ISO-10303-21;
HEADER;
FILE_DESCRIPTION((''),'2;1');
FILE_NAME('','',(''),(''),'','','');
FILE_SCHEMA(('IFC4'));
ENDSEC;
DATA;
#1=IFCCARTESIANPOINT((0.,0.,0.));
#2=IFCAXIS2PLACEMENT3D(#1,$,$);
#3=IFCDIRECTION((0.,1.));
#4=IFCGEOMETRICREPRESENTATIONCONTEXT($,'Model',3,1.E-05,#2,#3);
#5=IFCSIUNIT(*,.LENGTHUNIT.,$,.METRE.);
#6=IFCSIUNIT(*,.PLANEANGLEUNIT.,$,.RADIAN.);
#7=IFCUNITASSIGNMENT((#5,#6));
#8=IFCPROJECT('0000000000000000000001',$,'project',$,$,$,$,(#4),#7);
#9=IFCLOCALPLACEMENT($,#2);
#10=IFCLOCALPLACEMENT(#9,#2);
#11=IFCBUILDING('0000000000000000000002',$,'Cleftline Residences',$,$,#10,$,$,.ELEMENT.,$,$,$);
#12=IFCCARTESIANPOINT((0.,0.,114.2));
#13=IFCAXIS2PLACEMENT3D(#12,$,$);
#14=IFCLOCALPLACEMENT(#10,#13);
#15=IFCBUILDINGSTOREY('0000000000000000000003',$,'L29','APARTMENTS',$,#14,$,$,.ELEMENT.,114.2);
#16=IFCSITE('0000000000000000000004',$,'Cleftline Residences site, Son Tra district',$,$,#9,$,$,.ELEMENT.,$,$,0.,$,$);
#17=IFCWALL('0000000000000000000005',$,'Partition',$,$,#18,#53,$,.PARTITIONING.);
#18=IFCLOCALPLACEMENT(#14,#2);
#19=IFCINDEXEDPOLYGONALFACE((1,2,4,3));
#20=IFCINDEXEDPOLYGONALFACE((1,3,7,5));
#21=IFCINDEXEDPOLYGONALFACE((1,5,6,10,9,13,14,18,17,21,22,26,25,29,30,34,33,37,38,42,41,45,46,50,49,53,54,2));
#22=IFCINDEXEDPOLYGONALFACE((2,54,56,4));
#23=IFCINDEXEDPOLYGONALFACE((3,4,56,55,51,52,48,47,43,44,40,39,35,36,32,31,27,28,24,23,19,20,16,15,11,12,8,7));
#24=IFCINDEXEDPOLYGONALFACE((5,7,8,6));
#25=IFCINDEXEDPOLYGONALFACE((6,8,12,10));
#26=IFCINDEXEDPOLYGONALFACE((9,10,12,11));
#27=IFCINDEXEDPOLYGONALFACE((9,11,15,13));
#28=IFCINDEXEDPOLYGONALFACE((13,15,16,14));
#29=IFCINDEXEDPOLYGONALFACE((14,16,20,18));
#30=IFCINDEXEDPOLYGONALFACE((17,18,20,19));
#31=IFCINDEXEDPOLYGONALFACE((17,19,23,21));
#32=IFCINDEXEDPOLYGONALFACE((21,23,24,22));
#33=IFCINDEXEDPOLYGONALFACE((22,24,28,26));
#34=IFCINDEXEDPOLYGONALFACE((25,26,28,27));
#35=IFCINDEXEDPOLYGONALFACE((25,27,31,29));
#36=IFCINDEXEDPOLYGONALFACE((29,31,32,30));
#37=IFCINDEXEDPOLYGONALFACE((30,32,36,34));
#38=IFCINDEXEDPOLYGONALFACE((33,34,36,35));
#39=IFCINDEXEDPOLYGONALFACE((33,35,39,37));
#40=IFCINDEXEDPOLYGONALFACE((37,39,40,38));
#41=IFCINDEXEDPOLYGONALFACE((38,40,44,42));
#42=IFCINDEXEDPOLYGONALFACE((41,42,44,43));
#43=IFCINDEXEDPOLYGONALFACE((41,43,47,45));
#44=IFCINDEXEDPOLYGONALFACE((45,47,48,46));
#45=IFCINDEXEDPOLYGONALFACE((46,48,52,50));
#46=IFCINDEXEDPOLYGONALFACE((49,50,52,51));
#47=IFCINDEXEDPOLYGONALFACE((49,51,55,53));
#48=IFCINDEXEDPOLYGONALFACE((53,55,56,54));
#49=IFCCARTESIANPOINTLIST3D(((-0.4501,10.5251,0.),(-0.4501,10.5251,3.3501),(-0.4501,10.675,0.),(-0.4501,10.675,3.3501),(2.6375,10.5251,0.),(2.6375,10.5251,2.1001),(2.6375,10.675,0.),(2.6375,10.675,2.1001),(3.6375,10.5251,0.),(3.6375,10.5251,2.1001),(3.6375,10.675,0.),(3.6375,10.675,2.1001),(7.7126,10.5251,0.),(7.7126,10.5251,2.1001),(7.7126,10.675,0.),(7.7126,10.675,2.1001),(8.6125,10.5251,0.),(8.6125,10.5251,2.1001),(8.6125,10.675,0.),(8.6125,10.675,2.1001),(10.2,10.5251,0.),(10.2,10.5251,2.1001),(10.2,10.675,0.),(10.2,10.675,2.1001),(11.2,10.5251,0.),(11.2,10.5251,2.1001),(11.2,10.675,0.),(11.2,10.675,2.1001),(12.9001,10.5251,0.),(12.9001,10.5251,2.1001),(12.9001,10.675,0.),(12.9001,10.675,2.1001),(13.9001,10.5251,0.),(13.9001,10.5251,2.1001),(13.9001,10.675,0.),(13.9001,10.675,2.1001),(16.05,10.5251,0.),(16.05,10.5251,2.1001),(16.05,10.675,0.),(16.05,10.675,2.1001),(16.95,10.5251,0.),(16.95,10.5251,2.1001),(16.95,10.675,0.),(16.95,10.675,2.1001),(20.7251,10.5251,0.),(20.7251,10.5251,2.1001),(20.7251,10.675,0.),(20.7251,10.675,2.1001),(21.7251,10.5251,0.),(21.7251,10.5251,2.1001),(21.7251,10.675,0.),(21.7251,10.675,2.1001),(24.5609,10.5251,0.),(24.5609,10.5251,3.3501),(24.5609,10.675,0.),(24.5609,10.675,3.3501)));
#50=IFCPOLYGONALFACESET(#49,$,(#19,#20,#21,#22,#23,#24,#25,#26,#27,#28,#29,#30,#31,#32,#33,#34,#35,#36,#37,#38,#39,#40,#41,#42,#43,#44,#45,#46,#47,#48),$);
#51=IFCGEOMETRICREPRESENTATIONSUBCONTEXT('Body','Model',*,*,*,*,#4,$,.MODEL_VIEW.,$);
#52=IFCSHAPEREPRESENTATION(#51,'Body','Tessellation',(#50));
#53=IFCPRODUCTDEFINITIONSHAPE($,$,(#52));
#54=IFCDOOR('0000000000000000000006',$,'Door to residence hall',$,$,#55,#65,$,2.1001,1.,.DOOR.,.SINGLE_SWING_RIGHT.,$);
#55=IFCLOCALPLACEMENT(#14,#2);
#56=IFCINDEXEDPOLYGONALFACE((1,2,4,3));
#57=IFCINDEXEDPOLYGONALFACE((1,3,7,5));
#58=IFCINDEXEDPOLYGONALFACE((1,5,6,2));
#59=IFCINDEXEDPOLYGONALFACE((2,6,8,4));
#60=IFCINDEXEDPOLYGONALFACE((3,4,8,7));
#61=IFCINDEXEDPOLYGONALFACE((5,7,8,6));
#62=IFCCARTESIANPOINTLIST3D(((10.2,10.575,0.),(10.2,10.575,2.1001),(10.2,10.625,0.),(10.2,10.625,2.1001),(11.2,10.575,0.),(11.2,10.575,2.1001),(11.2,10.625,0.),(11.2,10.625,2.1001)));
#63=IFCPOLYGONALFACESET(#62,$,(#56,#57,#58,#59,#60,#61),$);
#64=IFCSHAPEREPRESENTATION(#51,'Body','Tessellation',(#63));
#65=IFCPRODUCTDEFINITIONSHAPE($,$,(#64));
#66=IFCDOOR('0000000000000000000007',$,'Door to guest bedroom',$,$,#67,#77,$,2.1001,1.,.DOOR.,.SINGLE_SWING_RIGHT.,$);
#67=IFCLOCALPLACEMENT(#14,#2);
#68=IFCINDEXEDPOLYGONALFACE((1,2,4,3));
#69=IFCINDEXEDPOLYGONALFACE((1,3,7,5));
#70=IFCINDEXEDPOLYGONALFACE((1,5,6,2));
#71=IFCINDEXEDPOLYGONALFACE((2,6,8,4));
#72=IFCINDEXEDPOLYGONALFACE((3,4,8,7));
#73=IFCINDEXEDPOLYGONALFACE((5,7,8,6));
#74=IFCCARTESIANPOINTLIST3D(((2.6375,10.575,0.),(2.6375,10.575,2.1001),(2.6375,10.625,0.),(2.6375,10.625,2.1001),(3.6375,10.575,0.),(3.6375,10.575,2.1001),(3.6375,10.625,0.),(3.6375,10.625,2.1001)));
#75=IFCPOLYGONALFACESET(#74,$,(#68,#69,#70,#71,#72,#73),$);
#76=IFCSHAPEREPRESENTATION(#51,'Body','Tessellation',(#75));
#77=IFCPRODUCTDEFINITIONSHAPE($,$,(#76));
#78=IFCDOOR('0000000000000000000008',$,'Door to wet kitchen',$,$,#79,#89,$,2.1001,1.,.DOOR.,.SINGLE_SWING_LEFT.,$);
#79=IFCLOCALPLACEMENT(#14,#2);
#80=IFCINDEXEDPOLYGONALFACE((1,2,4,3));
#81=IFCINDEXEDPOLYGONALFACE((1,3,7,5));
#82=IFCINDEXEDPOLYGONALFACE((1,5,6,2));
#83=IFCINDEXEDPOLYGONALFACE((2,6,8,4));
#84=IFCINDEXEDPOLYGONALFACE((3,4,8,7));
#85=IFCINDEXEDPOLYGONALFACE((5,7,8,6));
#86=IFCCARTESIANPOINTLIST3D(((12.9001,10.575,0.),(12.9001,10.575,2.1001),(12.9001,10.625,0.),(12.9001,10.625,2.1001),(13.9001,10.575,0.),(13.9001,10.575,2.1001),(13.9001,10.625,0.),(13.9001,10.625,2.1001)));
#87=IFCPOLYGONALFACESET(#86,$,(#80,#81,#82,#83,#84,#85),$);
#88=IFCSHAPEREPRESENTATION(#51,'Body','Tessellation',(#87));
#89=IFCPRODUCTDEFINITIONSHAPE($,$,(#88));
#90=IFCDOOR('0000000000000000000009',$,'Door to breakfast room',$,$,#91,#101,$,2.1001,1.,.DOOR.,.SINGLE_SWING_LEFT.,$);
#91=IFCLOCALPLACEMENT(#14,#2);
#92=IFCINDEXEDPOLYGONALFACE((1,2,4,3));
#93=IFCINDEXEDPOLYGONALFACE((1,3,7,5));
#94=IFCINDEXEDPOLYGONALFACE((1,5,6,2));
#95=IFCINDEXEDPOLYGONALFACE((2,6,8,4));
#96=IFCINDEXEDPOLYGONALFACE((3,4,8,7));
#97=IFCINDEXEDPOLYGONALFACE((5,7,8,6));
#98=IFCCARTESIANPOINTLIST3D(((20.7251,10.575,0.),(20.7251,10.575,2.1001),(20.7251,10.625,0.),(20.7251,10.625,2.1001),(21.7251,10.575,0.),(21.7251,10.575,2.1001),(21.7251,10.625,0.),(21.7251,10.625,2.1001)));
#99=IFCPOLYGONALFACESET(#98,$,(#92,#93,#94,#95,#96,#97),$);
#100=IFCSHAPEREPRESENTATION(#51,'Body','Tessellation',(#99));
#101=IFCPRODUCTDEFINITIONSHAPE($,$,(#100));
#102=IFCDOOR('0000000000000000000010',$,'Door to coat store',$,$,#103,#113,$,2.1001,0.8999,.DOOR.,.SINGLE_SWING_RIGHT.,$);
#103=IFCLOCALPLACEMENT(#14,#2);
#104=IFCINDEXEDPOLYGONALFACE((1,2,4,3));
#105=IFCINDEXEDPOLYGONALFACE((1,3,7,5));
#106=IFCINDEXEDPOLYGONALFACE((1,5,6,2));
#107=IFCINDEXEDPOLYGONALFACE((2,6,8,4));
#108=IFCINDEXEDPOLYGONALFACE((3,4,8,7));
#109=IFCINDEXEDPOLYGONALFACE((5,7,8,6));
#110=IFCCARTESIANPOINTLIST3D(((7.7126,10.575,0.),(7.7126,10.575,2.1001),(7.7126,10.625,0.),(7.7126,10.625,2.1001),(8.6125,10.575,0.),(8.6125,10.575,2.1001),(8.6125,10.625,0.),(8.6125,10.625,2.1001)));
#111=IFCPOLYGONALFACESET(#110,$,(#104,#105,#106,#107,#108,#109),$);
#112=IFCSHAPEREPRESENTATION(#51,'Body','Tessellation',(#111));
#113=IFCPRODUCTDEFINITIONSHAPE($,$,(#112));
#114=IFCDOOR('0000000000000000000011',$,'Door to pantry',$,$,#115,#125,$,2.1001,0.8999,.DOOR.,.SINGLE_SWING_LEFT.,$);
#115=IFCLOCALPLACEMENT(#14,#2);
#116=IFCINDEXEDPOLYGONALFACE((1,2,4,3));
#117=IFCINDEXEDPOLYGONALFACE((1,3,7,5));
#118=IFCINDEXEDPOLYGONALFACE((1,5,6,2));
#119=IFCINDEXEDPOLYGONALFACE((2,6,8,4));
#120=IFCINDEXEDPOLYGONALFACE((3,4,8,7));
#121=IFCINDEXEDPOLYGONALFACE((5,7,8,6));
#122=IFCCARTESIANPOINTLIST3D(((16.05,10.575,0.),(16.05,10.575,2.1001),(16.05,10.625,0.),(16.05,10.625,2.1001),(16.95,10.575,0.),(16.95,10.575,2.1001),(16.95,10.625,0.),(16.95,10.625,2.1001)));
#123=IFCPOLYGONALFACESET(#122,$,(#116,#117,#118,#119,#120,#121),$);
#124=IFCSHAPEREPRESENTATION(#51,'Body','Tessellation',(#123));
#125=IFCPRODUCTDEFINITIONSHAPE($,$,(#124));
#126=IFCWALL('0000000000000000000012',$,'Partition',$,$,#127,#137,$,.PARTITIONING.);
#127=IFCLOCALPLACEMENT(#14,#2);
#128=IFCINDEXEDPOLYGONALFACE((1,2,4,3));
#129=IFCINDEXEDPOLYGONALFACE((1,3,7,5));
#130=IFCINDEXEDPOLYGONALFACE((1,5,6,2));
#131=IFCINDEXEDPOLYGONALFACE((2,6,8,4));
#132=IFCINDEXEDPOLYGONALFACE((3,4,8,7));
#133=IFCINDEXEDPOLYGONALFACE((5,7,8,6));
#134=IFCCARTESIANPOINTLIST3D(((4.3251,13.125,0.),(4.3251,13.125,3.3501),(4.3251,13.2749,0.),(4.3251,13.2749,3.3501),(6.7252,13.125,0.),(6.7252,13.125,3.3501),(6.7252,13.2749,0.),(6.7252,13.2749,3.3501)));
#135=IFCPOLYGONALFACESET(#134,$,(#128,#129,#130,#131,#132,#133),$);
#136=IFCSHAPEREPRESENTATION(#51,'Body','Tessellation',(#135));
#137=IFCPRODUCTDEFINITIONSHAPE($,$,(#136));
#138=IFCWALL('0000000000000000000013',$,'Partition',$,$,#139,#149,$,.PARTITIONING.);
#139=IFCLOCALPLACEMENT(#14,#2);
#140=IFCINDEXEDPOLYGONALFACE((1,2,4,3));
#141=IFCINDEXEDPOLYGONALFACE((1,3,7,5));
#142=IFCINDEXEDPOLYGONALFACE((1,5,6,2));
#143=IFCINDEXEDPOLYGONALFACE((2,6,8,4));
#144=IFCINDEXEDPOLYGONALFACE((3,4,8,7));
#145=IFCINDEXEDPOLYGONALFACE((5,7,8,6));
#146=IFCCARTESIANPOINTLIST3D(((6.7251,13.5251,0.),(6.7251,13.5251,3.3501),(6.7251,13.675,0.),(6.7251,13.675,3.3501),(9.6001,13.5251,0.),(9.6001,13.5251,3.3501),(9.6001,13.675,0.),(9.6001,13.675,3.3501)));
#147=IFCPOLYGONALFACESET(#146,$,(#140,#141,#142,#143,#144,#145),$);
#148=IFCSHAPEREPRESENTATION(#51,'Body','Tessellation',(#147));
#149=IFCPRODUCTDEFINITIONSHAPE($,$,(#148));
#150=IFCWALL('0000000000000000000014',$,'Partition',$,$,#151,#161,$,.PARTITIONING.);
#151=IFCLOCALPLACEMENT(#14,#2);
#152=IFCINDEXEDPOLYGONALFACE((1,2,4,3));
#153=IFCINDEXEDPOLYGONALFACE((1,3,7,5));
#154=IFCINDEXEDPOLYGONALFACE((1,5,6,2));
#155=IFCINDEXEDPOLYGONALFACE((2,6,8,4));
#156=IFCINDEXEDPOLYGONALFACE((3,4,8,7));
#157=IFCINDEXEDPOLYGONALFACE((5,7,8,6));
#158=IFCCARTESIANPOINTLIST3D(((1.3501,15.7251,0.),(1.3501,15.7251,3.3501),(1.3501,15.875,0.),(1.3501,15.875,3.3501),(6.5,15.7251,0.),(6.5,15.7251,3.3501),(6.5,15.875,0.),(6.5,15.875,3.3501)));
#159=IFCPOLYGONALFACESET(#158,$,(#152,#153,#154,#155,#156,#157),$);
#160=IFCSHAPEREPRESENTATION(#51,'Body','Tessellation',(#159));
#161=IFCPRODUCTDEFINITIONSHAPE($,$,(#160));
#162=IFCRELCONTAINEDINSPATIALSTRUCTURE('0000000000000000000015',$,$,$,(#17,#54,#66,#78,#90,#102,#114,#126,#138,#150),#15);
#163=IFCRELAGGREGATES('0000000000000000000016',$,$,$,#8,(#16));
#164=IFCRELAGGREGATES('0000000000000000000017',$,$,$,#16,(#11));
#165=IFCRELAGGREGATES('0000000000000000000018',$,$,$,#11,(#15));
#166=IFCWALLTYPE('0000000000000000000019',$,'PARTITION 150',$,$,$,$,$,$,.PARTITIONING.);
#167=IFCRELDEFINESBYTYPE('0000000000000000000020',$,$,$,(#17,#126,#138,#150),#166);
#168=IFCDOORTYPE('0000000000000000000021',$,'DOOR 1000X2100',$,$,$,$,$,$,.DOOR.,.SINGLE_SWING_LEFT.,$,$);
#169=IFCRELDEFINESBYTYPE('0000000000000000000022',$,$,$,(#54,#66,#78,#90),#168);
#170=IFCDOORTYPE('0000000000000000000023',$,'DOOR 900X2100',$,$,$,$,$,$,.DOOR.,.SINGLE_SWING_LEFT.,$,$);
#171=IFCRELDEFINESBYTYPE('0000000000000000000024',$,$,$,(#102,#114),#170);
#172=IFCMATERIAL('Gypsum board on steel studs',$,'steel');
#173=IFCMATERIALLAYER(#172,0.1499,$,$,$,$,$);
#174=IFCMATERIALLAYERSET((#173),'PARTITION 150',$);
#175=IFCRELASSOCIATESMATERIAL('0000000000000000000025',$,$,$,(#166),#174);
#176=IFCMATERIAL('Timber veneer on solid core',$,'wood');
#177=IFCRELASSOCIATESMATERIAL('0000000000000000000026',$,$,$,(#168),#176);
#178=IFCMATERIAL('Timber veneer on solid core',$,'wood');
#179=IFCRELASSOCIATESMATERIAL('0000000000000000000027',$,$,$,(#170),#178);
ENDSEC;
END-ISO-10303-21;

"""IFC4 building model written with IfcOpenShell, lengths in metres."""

from ifc_helpers import new_model, si_unit, direction, frame, frame_2d, origin, place, context, subcontext, project, spatial, rectangle, extrude, material, layer, layer_set, type_object, element, fill, save


model = new_model("IFC4")

# Units and contexts
model_context = context("Model", 3, precision=1e-05, world=origin(), true_north=direction((0.0, 1.0)))
body_context = subcontext(model_context, "Body", "Model", "MODEL_VIEW")
ifc_project = project(units=[si_unit("LENGTHUNIT", "METRE"), si_unit("PLANEANGLEUNIT", "RADIAN")], contexts=[model_context])

# Site, building, storey
site_placement = place(None, origin())
site = spatial("IfcSite", under=ifc_project, at=site_placement, Name="Cleftline Residences site, Son Tra district", CompositionType="ELEMENT", RefElevation=0.0)
building_placement = place(site_placement, origin())
building = spatial("IfcBuilding", under=site, at=building_placement, Name="Cleftline Residences", CompositionType="ELEMENT")
storey_placement = place(building_placement, frame((0.0, 0.0, 114.2)))
storey = spatial("IfcBuildingStorey", under=building, at=storey_placement, Name="L29", Description="APARTMENTS", CompositionType="ELEMENT", Elevation=114.2)

# Wall, openings, doors
ifc_material_1 = material(Name="Gypsum board on steel studs", Category="steel")
ifc_layer = layer(ifc_material_1, 0.1499)
ifc_layer_set = layer_set([ifc_layer], Name="PARTITION 150")
wall_type = type_object("IfcWallType", Name="PARTITION 150", PredefinedType="PARTITIONING", material=ifc_layer_set)
wall_1_placement = place(storey_placement, frame((-0.45, 10.6001, 0.0), z_axis=(0.0, 0.0, 1.0), x_axis=(1.0, 0.0, 0.0)))
wall_1 = element("IfcWall", 1, at=wall_1_placement, inside=storey, type_object=wall_type, Name="Partition", PredefinedType="PARTITIONING", context=body_context, shape_type="SweptSolid", body=[
    extrude(rectangle(XDim=25.011, YDim=0.1499, at=frame_2d((12.5054, 0.0))), origin(), (0.0, 0.0, 1.0), 3.3501),
])
opening_1_placement = place(wall_1_placement, frame((10.6499, 0.0, 0.0)))
opening_1 = element("IfcOpeningElement", 2, at=opening_1_placement, cuts=wall_1, PredefinedType="OPENING", context=body_context, shape_type="SweptSolid", body=[
    extrude(rectangle(XDim=1.0, YDim=2.1001, at=frame_2d((0.5, 1.05))), frame((0.0, 0.085, 0.0), z_axis=(0.0, -1.0, 0.0), x_axis=(1.0, 0.0, 0.0)), (0.0, 0.0, 1.0), 0.1699),
])
opening_2_placement = place(wall_1_placement, frame((3.0874, 0.0, 0.0)))
opening_2 = element("IfcOpeningElement", 3, at=opening_2_placement, cuts=wall_1, PredefinedType="OPENING", context=body_context, shape_type="SweptSolid", body=[
    extrude(rectangle(XDim=1.0, YDim=2.1001, at=frame_2d((0.5, 1.05))), frame((0.0, 0.085, 0.0), z_axis=(0.0, -1.0, 0.0), x_axis=(1.0, 0.0, 0.0)), (0.0, 0.0, 1.0), 0.1699),
])
opening_3_placement = place(wall_1_placement, frame((8.1626, 0.0, 0.0)))
opening_3 = element("IfcOpeningElement", 4, at=opening_3_placement, cuts=wall_1, PredefinedType="OPENING", context=body_context, shape_type="SweptSolid", body=[
    extrude(rectangle(XDim=0.8999, YDim=2.1001, at=frame_2d((0.45, 1.05))), frame((0.0, 0.085, 0.0), z_axis=(0.0, -1.0, 0.0), x_axis=(1.0, 0.0, 0.0)), (0.0, 0.0, 1.0), 0.1699),
])
opening_4_placement = place(wall_1_placement, frame((13.3501, 0.0, 0.0)))
opening_4 = element("IfcOpeningElement", 5, at=opening_4_placement, cuts=wall_1, PredefinedType="OPENING", context=body_context, shape_type="SweptSolid", body=[
    extrude(rectangle(XDim=1.0, YDim=2.1001, at=frame_2d((0.5, 1.05))), frame((0.0, 0.085, 0.0), z_axis=(0.0, -1.0, 0.0), x_axis=(1.0, 0.0, 0.0)), (0.0, 0.0, 1.0), 0.1699),
])
opening_5_placement = place(wall_1_placement, frame((16.5, 0.0, 0.0)))
opening_5 = element("IfcOpeningElement", 6, at=opening_5_placement, cuts=wall_1, PredefinedType="OPENING", context=body_context, shape_type="SweptSolid", body=[
    extrude(rectangle(XDim=0.8999, YDim=2.1001, at=frame_2d((0.45, 1.05))), frame((0.0, 0.085, 0.0), z_axis=(0.0, -1.0, 0.0), x_axis=(1.0, 0.0, 0.0)), (0.0, 0.0, 1.0), 0.1699),
])
opening_6_placement = place(wall_1_placement, frame((21.175, 0.0, 0.0)))
opening_6 = element("IfcOpeningElement", 7, at=opening_6_placement, cuts=wall_1, PredefinedType="OPENING", context=body_context, shape_type="SweptSolid", body=[
    extrude(rectangle(XDim=1.0, YDim=2.1001, at=frame_2d((0.5, 1.05))), frame((0.0, 0.085, 0.0), z_axis=(0.0, -1.0, 0.0), x_axis=(1.0, 0.0, 0.0)), (0.0, 0.0, 1.0), 0.1699),
])
ifc_material_2 = material(Name="Timber veneer on solid core", Category="wood")
door_type_1 = type_object("IfcDoorType", Name="DOOR 1000X2100", OperationType="SINGLE_SWING_LEFT", PredefinedType="DOOR", material=ifc_material_2)
door_1_placement = place(opening_1_placement, origin())
door_1 = element("IfcDoor", 8, at=door_1_placement, inside=storey, type_object=door_type_1, Name="Door to residence hall", OperationType="SINGLE_SWING_RIGHT", OverallHeight=2.1001, OverallWidth=1.0, PredefinedType="DOOR", context=body_context, shape_type="SweptSolid", body=[
    extrude(rectangle(XDim=1.0, YDim=2.1001, at=frame_2d((0.5, 1.05))), frame((0.0, 0.0249, 0.0), z_axis=(0.0, -1.0, 0.0), x_axis=(1.0, 0.0, 0.0)), (0.0, 0.0, 1.0), 0.05),
])
fill(opening_1, door_1)
door_2_placement = place(opening_2_placement, origin())
door_2 = element("IfcDoor", 9, at=door_2_placement, inside=storey, type_object=door_type_1, Name="Door to guest bedroom", OperationType="SINGLE_SWING_RIGHT", OverallHeight=2.1001, OverallWidth=1.0, PredefinedType="DOOR", context=body_context, shape_type="SweptSolid", body=[
    extrude(rectangle(XDim=1.0, YDim=2.1001, at=frame_2d((0.5, 1.05))), frame((0.0, 0.0249, 0.0), z_axis=(0.0, -1.0, 0.0), x_axis=(1.0, 0.0, 0.0)), (0.0, 0.0, 1.0), 0.05),
])
fill(opening_2, door_2)
door_3_placement = place(opening_4_placement, origin())
door_3 = element("IfcDoor", 10, at=door_3_placement, inside=storey, type_object=door_type_1, Name="Door to wet kitchen", OperationType="SINGLE_SWING_LEFT", OverallHeight=2.1001, OverallWidth=1.0, PredefinedType="DOOR", context=body_context, shape_type="SweptSolid", body=[
    extrude(rectangle(XDim=1.0, YDim=2.1001, at=frame_2d((0.5, 1.05))), frame((0.0, 0.0249, 0.0), z_axis=(0.0, -1.0, 0.0), x_axis=(1.0, 0.0, 0.0)), (0.0, 0.0, 1.0), 0.05),
])
fill(opening_4, door_3)
door_4_placement = place(opening_6_placement, origin())
door_4 = element("IfcDoor", 11, at=door_4_placement, inside=storey, type_object=door_type_1, Name="Door to breakfast room", OperationType="SINGLE_SWING_LEFT", OverallHeight=2.1001, OverallWidth=1.0, PredefinedType="DOOR", context=body_context, shape_type="SweptSolid", body=[
    extrude(rectangle(XDim=1.0, YDim=2.1001, at=frame_2d((0.5, 1.05))), frame((0.0, 0.0249, 0.0), z_axis=(0.0, -1.0, 0.0), x_axis=(1.0, 0.0, 0.0)), (0.0, 0.0, 1.0), 0.05),
])
fill(opening_6, door_4)
ifc_material_3 = material(Name="Timber veneer on solid core", Category="wood")
door_type_2 = type_object("IfcDoorType", Name="DOOR 900X2100", OperationType="SINGLE_SWING_LEFT", PredefinedType="DOOR", material=ifc_material_3)
door_5_placement = place(opening_3_placement, origin())
door_5 = element("IfcDoor", 12, at=door_5_placement, inside=storey, type_object=door_type_2, Name="Door to coat store", OperationType="SINGLE_SWING_RIGHT", OverallHeight=2.1001, OverallWidth=0.8999, PredefinedType="DOOR", context=body_context, shape_type="SweptSolid", body=[
    extrude(rectangle(XDim=0.8999, YDim=2.1001, at=frame_2d((0.45, 1.05))), frame((0.0, 0.0249, 0.0), z_axis=(0.0, -1.0, 0.0), x_axis=(1.0, 0.0, 0.0)), (0.0, 0.0, 1.0), 0.05),
])
fill(opening_3, door_5)
door_6_placement = place(opening_5_placement, origin())
door_6 = element("IfcDoor", 13, at=door_6_placement, inside=storey, type_object=door_type_2, Name="Door to pantry", OperationType="SINGLE_SWING_LEFT", OverallHeight=2.1001, OverallWidth=0.8999, PredefinedType="DOOR", context=body_context, shape_type="SweptSolid", body=[
    extrude(rectangle(XDim=0.8999, YDim=2.1001, at=frame_2d((0.45, 1.05))), frame((0.0, 0.0249, 0.0), z_axis=(0.0, -1.0, 0.0), x_axis=(1.0, 0.0, 0.0)), (0.0, 0.0, 1.0), 0.05),
])
fill(opening_5, door_6)

# Walls
wall_2_placement = place(storey_placement, frame((4.325, 13.2, 0.0), z_axis=(0.0, 0.0, 1.0), x_axis=(1.0, 0.0, 0.0)))
element("IfcWall", 14, at=wall_2_placement, inside=storey, type_object=wall_type, Name="Partition", PredefinedType="PARTITIONING", context=body_context, shape_type="SweptSolid", body=[
    extrude(rectangle(XDim=2.4001, YDim=0.1499, at=frame_2d((1.2002, 0.0))), origin(), (0.0, 0.0, 1.0), 3.3501),
])
wall_3_placement = place(storey_placement, frame((6.7251, 13.6001, 0.0), z_axis=(0.0, 0.0, 1.0), x_axis=(1.0, 0.0, 0.0)))
element("IfcWall", 15, at=wall_3_placement, inside=storey, type_object=wall_type, Name="Partition", PredefinedType="PARTITIONING", context=body_context, shape_type="SweptSolid", body=[
    extrude(rectangle(XDim=2.875, YDim=0.1499, at=frame_2d((1.4375, 0.0))), origin(), (0.0, 0.0, 1.0), 3.3501),
])
wall_4_placement = place(storey_placement, frame((1.3501, 15.8, 0.0), z_axis=(0.0, 0.0, 1.0), x_axis=(1.0, 0.0, 0.0)))
element("IfcWall", 16, at=wall_4_placement, inside=storey, type_object=wall_type, Name="Partition", PredefinedType="PARTITIONING", context=body_context, shape_type="SweptSolid", body=[
    extrude(rectangle(XDim=5.1499, YDim=0.1499, at=frame_2d((2.575, 0.0))), origin(), (0.0, 0.0, 1.0), 3.3501),
])

save(model, "model.ifc")
